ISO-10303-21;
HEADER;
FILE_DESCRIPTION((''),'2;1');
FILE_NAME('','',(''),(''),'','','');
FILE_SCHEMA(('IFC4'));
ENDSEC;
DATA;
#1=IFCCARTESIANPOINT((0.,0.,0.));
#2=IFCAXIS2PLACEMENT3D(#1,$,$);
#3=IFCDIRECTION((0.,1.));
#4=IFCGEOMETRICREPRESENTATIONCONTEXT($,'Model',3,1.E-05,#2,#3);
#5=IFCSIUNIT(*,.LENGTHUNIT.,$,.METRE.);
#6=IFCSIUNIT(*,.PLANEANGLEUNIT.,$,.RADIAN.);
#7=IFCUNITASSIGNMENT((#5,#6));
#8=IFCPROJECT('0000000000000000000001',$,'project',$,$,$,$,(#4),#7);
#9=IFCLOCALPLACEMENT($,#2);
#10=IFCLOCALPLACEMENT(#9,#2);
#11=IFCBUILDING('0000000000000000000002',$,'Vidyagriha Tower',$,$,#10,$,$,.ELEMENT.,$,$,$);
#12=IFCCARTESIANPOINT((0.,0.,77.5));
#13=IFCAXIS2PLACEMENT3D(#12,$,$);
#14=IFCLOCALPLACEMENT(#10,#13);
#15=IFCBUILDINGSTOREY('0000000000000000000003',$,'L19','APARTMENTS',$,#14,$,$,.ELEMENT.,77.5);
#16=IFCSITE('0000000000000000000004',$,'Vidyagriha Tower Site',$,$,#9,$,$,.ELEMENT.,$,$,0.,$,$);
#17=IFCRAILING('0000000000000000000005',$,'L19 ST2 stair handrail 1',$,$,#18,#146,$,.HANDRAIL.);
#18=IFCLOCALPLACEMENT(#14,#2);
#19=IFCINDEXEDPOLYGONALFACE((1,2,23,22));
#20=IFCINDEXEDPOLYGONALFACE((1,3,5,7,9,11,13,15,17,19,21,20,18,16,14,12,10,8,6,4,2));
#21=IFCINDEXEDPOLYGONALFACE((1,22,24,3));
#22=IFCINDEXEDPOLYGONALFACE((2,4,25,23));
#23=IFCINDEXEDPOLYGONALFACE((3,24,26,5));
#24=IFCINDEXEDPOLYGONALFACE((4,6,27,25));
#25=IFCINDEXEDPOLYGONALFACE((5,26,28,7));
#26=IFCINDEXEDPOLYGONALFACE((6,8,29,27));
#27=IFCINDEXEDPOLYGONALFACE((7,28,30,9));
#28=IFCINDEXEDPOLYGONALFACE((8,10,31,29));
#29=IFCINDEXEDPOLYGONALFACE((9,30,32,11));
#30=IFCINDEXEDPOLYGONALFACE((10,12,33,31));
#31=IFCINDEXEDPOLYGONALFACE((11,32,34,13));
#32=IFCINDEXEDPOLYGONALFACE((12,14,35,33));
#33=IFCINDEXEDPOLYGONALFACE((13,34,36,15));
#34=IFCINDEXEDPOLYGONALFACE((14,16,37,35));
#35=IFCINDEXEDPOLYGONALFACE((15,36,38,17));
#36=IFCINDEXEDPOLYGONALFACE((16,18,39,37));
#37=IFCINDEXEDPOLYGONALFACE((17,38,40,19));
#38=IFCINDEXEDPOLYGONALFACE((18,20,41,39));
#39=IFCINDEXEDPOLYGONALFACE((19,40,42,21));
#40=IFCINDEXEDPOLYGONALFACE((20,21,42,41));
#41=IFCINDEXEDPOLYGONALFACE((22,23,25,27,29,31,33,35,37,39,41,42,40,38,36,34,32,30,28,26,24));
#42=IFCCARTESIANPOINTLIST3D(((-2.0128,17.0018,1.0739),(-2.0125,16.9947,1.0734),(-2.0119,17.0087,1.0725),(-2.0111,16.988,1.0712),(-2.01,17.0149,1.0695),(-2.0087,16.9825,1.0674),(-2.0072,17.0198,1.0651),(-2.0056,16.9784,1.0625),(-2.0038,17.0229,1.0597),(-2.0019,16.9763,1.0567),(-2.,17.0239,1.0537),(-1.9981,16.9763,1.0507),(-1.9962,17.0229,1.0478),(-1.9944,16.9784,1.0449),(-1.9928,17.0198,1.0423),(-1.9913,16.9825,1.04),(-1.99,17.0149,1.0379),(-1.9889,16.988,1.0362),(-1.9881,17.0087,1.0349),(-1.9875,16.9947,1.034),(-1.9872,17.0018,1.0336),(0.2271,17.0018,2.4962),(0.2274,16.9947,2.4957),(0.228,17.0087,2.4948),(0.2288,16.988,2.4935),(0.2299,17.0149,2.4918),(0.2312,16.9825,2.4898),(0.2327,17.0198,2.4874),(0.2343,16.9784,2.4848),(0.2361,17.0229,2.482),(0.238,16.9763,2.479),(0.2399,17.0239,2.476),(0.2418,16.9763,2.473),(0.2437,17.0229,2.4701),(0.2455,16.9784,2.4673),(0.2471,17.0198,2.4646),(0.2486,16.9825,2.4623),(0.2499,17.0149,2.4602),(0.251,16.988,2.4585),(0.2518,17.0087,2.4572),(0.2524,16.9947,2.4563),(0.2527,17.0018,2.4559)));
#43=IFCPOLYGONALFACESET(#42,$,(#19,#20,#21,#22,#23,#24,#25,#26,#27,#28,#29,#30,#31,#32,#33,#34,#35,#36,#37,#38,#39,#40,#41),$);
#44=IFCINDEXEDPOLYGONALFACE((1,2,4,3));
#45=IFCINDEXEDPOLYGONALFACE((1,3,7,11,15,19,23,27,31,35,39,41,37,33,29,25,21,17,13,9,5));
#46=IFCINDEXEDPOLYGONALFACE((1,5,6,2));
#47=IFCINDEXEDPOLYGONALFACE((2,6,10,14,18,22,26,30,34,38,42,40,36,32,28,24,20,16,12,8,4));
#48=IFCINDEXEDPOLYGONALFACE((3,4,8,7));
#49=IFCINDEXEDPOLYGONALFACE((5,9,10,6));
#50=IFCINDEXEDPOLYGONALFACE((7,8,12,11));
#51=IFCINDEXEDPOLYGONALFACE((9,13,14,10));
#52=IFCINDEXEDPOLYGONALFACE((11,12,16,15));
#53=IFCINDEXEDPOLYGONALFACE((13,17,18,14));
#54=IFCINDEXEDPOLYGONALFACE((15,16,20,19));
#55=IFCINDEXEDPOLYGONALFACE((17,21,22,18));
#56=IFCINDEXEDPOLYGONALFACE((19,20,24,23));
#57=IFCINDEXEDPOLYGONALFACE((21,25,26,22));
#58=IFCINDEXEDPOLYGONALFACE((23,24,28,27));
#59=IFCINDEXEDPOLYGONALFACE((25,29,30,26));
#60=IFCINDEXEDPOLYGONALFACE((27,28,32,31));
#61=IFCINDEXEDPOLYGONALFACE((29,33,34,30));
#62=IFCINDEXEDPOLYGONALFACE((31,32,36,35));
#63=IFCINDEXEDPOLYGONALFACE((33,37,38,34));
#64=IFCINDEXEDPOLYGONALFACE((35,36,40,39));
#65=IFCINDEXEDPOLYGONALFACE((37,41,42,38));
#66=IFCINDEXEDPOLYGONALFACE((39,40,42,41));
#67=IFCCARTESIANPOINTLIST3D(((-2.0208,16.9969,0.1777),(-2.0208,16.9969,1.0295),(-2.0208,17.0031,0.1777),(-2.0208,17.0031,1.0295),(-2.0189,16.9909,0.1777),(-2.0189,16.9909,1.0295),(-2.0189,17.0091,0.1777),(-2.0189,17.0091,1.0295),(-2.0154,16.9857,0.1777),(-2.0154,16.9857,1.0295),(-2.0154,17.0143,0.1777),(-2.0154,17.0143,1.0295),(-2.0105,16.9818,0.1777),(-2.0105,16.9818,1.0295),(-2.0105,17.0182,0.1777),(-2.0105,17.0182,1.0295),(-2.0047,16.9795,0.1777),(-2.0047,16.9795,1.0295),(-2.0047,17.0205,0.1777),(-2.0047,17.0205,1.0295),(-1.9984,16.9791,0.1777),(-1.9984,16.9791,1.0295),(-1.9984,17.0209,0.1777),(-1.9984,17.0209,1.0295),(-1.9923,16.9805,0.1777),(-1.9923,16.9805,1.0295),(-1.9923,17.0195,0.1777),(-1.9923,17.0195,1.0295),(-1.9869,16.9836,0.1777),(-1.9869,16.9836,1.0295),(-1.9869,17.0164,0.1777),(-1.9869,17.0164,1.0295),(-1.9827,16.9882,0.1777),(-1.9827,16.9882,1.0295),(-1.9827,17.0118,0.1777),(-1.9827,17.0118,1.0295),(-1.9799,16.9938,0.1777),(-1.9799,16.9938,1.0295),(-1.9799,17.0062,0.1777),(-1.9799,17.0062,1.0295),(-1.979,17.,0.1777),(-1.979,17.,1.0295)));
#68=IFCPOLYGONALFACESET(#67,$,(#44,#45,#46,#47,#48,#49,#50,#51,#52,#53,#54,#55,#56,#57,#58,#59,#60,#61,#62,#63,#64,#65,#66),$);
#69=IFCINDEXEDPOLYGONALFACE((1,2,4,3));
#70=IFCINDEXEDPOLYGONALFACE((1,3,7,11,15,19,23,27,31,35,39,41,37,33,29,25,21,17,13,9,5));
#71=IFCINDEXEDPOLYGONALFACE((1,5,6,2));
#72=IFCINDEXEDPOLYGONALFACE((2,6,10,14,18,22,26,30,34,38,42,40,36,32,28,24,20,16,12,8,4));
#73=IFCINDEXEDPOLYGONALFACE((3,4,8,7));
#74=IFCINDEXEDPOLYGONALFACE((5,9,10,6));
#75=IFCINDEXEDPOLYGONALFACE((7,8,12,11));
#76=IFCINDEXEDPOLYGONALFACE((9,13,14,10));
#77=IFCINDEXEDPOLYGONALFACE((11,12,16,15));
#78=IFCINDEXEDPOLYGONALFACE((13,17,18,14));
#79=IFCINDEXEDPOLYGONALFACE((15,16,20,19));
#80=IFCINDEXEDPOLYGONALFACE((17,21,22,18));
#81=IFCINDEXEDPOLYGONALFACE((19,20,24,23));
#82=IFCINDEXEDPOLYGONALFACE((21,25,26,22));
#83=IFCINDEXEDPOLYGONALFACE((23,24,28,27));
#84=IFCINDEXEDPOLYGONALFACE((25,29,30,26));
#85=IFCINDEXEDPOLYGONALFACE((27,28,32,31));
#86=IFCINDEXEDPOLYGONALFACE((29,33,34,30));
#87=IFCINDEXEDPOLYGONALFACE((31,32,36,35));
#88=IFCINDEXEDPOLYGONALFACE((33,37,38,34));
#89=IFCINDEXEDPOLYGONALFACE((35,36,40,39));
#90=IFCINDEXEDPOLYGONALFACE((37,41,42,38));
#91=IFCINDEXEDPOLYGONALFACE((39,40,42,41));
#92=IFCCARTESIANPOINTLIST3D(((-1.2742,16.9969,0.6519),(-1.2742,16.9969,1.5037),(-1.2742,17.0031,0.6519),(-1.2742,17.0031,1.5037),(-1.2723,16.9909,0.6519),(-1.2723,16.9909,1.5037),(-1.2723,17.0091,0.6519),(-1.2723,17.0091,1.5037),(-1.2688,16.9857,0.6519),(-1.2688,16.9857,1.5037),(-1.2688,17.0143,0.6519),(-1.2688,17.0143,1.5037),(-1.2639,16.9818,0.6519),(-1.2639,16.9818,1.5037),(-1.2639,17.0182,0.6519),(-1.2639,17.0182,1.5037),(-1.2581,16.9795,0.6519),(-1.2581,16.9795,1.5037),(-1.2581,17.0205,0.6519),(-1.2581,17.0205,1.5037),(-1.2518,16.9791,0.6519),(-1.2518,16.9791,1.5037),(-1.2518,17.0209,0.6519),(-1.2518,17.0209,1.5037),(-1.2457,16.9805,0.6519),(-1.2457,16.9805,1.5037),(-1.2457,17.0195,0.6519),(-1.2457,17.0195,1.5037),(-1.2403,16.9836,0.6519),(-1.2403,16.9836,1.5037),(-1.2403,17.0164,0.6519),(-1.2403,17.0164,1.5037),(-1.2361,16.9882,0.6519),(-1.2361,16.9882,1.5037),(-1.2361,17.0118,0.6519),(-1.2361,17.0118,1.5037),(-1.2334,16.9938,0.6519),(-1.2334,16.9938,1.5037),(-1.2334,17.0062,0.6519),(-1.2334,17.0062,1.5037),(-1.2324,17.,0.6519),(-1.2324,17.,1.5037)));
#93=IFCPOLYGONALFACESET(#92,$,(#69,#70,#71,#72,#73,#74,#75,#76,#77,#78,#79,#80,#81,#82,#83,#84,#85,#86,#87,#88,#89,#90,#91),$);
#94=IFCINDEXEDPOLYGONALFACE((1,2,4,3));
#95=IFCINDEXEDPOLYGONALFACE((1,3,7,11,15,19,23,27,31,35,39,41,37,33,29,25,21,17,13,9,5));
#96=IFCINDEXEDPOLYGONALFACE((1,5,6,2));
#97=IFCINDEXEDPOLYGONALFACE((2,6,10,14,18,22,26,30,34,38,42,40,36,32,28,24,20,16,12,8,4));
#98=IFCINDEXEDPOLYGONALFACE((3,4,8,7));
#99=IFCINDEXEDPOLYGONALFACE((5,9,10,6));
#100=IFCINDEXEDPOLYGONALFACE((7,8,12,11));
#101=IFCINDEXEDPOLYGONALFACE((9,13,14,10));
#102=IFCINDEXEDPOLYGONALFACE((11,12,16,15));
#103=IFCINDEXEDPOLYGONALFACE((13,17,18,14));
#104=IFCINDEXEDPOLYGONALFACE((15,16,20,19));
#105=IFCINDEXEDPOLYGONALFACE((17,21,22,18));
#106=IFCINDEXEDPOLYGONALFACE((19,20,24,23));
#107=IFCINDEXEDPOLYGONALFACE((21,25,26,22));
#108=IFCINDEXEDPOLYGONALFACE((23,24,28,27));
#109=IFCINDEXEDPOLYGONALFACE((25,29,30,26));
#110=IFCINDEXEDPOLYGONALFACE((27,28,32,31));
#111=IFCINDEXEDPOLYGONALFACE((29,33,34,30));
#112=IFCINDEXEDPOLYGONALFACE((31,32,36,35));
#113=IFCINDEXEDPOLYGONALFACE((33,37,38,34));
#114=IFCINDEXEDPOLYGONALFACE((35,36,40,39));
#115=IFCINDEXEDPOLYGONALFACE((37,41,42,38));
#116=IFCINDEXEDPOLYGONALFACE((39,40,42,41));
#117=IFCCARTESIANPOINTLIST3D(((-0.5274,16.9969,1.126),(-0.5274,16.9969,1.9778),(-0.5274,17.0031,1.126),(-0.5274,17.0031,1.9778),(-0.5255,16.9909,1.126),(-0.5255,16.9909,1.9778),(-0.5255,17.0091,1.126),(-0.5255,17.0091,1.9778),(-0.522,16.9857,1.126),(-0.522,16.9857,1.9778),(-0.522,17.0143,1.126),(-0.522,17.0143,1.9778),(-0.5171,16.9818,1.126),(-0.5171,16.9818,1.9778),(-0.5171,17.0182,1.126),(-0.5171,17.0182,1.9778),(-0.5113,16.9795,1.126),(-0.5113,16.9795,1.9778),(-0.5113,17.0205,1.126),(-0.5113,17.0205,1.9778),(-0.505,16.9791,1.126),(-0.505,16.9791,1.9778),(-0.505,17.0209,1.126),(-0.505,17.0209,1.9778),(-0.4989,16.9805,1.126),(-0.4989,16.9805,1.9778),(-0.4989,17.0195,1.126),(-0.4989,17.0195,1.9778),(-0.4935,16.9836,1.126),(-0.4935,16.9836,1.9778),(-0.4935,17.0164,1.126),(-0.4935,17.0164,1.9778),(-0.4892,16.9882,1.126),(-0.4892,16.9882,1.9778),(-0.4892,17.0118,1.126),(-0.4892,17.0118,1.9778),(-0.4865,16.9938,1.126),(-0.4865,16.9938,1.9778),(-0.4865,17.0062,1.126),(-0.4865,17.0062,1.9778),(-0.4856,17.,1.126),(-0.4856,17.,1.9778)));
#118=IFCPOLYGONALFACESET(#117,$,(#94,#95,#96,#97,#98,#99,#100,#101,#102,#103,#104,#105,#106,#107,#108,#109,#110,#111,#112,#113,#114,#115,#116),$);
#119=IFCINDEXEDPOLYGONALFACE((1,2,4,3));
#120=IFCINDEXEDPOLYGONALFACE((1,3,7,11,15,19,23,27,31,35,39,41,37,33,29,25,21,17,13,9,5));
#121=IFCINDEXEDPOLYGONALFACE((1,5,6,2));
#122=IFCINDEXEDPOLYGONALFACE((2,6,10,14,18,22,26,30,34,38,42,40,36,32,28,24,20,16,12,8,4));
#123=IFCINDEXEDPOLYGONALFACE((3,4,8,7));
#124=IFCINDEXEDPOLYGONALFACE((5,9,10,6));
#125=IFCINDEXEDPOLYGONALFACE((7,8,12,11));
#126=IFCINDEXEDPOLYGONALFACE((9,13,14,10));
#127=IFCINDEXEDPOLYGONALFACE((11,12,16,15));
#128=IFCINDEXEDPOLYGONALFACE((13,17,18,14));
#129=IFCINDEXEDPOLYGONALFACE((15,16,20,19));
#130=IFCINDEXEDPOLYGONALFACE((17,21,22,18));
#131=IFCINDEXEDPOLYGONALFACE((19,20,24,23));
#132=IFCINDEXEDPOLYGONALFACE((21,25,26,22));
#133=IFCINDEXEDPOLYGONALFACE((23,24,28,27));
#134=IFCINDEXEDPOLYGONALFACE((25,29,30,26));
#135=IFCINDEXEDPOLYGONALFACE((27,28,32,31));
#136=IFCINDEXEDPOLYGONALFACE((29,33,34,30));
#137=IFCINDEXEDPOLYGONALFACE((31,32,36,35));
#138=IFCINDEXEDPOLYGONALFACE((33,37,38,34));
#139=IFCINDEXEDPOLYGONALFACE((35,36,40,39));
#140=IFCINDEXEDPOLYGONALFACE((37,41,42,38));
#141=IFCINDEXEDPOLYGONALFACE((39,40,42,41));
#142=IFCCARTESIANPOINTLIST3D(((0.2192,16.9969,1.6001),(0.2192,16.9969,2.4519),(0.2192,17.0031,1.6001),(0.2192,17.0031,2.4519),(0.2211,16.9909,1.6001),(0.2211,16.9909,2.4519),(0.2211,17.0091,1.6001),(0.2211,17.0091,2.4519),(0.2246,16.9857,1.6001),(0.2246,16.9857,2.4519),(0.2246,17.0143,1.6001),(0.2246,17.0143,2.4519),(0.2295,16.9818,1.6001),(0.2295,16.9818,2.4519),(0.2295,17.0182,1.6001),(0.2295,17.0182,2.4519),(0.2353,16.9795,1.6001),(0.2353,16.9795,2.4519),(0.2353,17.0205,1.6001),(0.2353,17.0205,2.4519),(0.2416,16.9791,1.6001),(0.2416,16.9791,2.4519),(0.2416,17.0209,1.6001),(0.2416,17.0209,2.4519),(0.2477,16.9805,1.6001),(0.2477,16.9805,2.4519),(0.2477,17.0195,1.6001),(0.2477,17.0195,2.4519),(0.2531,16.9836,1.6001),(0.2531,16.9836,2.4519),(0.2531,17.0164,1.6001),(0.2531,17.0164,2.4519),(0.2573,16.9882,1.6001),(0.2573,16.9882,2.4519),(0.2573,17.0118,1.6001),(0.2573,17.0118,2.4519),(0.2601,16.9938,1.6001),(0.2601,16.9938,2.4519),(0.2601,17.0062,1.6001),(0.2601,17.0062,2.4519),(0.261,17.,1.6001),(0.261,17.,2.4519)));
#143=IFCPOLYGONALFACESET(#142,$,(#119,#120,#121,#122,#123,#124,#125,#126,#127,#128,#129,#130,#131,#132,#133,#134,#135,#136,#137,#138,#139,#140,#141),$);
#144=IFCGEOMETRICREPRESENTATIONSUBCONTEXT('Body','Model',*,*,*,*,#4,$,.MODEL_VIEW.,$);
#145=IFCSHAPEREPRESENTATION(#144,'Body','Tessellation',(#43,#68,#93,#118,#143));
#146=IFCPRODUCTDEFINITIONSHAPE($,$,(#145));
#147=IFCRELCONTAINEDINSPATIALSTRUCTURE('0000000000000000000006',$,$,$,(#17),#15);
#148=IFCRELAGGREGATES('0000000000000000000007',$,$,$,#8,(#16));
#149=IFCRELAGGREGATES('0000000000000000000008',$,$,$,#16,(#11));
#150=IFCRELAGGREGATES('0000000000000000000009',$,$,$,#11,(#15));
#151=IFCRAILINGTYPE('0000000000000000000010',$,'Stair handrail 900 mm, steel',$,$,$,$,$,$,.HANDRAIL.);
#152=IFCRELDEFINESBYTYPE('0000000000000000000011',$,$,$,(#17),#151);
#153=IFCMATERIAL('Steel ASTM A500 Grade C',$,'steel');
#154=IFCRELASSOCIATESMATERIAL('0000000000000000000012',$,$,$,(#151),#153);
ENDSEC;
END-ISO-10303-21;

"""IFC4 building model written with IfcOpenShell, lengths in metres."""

from ifc_helpers import new_model, si_unit, direction, frame, origin, origin_2d, place, context, subcontext, project, spatial, circle, extrude, material, type_object, element, save


model = new_model("IFC4")

# Units and contexts
model_context = context("Model", 3, precision=1e-05, world=origin(), true_north=direction((0.0, 1.0)))
body_context = subcontext(model_context, "Body", "Model", "MODEL_VIEW")
ifc_project = project(units=[si_unit("LENGTHUNIT", "METRE"), si_unit("PLANEANGLEUNIT", "RADIAN")], contexts=[model_context])

# Site, building, storey
site_placement = place(None, origin())
site = spatial("IfcSite", under=ifc_project, at=site_placement, Name="Vidyagriha Tower Site", CompositionType="ELEMENT", RefElevation=0.0)
building_placement = place(site_placement, origin())
building = spatial("IfcBuilding", under=site, at=building_placement, Name="Vidyagriha Tower", CompositionType="ELEMENT")
storey_placement = place(building_placement, frame((0.0, 0.0, 77.5)))
storey = spatial("IfcBuildingStorey", under=building, at=storey_placement, Name="L19", Description="APARTMENTS", CompositionType="ELEMENT", Elevation=77.5)

# Railing
ifc_material_1 = material(Name="Steel ASTM A500 Grade C", Category="steel")
railing_type_1 = type_object("IfcRailingType", Name="Stair handrail 900 mm, steel", PredefinedType="HANDRAIL", material=ifc_material_1)
railing_1_placement = place(storey_placement, frame((-2.0, 17.0, 0.1777)))
element("IfcRailing", 1, at=railing_1_placement, inside=storey, type_object=railing_type_1, Name="L19 ST2 stair handrail 1", PredefinedType="HANDRAIL", context=body_context, shape_type="SweptSolid", body=[
    extrude(circle(Radius=0.0239, at=origin_2d()), frame((0.0, 0.0, 0.876), z_axis=(0.844188, 0.0, 0.536048), x_axis=(0.0, 1.0, 0.0)), (0.0, 0.0, 1.0), 2.6533),
    extrude(circle(Radius=0.021, at=origin_2d()), origin(), (0.0, 0.0, 1.0), 0.8518),
    extrude(circle(Radius=0.021, at=origin_2d()), frame((0.7466, 0.0, 0.4741)), (0.0, 0.0, 1.0), 0.8518),
    extrude(circle(Radius=0.021, at=origin_2d()), frame((1.4934, 0.0, 0.9482)), (0.0, 0.0, 1.0), 0.8518),
    extrude(circle(Radius=0.021, at=origin_2d()), frame((2.24, 0.0, 1.4224)), (0.0, 0.0, 1.0), 0.8518),
])

save(model, "model.ifc")
